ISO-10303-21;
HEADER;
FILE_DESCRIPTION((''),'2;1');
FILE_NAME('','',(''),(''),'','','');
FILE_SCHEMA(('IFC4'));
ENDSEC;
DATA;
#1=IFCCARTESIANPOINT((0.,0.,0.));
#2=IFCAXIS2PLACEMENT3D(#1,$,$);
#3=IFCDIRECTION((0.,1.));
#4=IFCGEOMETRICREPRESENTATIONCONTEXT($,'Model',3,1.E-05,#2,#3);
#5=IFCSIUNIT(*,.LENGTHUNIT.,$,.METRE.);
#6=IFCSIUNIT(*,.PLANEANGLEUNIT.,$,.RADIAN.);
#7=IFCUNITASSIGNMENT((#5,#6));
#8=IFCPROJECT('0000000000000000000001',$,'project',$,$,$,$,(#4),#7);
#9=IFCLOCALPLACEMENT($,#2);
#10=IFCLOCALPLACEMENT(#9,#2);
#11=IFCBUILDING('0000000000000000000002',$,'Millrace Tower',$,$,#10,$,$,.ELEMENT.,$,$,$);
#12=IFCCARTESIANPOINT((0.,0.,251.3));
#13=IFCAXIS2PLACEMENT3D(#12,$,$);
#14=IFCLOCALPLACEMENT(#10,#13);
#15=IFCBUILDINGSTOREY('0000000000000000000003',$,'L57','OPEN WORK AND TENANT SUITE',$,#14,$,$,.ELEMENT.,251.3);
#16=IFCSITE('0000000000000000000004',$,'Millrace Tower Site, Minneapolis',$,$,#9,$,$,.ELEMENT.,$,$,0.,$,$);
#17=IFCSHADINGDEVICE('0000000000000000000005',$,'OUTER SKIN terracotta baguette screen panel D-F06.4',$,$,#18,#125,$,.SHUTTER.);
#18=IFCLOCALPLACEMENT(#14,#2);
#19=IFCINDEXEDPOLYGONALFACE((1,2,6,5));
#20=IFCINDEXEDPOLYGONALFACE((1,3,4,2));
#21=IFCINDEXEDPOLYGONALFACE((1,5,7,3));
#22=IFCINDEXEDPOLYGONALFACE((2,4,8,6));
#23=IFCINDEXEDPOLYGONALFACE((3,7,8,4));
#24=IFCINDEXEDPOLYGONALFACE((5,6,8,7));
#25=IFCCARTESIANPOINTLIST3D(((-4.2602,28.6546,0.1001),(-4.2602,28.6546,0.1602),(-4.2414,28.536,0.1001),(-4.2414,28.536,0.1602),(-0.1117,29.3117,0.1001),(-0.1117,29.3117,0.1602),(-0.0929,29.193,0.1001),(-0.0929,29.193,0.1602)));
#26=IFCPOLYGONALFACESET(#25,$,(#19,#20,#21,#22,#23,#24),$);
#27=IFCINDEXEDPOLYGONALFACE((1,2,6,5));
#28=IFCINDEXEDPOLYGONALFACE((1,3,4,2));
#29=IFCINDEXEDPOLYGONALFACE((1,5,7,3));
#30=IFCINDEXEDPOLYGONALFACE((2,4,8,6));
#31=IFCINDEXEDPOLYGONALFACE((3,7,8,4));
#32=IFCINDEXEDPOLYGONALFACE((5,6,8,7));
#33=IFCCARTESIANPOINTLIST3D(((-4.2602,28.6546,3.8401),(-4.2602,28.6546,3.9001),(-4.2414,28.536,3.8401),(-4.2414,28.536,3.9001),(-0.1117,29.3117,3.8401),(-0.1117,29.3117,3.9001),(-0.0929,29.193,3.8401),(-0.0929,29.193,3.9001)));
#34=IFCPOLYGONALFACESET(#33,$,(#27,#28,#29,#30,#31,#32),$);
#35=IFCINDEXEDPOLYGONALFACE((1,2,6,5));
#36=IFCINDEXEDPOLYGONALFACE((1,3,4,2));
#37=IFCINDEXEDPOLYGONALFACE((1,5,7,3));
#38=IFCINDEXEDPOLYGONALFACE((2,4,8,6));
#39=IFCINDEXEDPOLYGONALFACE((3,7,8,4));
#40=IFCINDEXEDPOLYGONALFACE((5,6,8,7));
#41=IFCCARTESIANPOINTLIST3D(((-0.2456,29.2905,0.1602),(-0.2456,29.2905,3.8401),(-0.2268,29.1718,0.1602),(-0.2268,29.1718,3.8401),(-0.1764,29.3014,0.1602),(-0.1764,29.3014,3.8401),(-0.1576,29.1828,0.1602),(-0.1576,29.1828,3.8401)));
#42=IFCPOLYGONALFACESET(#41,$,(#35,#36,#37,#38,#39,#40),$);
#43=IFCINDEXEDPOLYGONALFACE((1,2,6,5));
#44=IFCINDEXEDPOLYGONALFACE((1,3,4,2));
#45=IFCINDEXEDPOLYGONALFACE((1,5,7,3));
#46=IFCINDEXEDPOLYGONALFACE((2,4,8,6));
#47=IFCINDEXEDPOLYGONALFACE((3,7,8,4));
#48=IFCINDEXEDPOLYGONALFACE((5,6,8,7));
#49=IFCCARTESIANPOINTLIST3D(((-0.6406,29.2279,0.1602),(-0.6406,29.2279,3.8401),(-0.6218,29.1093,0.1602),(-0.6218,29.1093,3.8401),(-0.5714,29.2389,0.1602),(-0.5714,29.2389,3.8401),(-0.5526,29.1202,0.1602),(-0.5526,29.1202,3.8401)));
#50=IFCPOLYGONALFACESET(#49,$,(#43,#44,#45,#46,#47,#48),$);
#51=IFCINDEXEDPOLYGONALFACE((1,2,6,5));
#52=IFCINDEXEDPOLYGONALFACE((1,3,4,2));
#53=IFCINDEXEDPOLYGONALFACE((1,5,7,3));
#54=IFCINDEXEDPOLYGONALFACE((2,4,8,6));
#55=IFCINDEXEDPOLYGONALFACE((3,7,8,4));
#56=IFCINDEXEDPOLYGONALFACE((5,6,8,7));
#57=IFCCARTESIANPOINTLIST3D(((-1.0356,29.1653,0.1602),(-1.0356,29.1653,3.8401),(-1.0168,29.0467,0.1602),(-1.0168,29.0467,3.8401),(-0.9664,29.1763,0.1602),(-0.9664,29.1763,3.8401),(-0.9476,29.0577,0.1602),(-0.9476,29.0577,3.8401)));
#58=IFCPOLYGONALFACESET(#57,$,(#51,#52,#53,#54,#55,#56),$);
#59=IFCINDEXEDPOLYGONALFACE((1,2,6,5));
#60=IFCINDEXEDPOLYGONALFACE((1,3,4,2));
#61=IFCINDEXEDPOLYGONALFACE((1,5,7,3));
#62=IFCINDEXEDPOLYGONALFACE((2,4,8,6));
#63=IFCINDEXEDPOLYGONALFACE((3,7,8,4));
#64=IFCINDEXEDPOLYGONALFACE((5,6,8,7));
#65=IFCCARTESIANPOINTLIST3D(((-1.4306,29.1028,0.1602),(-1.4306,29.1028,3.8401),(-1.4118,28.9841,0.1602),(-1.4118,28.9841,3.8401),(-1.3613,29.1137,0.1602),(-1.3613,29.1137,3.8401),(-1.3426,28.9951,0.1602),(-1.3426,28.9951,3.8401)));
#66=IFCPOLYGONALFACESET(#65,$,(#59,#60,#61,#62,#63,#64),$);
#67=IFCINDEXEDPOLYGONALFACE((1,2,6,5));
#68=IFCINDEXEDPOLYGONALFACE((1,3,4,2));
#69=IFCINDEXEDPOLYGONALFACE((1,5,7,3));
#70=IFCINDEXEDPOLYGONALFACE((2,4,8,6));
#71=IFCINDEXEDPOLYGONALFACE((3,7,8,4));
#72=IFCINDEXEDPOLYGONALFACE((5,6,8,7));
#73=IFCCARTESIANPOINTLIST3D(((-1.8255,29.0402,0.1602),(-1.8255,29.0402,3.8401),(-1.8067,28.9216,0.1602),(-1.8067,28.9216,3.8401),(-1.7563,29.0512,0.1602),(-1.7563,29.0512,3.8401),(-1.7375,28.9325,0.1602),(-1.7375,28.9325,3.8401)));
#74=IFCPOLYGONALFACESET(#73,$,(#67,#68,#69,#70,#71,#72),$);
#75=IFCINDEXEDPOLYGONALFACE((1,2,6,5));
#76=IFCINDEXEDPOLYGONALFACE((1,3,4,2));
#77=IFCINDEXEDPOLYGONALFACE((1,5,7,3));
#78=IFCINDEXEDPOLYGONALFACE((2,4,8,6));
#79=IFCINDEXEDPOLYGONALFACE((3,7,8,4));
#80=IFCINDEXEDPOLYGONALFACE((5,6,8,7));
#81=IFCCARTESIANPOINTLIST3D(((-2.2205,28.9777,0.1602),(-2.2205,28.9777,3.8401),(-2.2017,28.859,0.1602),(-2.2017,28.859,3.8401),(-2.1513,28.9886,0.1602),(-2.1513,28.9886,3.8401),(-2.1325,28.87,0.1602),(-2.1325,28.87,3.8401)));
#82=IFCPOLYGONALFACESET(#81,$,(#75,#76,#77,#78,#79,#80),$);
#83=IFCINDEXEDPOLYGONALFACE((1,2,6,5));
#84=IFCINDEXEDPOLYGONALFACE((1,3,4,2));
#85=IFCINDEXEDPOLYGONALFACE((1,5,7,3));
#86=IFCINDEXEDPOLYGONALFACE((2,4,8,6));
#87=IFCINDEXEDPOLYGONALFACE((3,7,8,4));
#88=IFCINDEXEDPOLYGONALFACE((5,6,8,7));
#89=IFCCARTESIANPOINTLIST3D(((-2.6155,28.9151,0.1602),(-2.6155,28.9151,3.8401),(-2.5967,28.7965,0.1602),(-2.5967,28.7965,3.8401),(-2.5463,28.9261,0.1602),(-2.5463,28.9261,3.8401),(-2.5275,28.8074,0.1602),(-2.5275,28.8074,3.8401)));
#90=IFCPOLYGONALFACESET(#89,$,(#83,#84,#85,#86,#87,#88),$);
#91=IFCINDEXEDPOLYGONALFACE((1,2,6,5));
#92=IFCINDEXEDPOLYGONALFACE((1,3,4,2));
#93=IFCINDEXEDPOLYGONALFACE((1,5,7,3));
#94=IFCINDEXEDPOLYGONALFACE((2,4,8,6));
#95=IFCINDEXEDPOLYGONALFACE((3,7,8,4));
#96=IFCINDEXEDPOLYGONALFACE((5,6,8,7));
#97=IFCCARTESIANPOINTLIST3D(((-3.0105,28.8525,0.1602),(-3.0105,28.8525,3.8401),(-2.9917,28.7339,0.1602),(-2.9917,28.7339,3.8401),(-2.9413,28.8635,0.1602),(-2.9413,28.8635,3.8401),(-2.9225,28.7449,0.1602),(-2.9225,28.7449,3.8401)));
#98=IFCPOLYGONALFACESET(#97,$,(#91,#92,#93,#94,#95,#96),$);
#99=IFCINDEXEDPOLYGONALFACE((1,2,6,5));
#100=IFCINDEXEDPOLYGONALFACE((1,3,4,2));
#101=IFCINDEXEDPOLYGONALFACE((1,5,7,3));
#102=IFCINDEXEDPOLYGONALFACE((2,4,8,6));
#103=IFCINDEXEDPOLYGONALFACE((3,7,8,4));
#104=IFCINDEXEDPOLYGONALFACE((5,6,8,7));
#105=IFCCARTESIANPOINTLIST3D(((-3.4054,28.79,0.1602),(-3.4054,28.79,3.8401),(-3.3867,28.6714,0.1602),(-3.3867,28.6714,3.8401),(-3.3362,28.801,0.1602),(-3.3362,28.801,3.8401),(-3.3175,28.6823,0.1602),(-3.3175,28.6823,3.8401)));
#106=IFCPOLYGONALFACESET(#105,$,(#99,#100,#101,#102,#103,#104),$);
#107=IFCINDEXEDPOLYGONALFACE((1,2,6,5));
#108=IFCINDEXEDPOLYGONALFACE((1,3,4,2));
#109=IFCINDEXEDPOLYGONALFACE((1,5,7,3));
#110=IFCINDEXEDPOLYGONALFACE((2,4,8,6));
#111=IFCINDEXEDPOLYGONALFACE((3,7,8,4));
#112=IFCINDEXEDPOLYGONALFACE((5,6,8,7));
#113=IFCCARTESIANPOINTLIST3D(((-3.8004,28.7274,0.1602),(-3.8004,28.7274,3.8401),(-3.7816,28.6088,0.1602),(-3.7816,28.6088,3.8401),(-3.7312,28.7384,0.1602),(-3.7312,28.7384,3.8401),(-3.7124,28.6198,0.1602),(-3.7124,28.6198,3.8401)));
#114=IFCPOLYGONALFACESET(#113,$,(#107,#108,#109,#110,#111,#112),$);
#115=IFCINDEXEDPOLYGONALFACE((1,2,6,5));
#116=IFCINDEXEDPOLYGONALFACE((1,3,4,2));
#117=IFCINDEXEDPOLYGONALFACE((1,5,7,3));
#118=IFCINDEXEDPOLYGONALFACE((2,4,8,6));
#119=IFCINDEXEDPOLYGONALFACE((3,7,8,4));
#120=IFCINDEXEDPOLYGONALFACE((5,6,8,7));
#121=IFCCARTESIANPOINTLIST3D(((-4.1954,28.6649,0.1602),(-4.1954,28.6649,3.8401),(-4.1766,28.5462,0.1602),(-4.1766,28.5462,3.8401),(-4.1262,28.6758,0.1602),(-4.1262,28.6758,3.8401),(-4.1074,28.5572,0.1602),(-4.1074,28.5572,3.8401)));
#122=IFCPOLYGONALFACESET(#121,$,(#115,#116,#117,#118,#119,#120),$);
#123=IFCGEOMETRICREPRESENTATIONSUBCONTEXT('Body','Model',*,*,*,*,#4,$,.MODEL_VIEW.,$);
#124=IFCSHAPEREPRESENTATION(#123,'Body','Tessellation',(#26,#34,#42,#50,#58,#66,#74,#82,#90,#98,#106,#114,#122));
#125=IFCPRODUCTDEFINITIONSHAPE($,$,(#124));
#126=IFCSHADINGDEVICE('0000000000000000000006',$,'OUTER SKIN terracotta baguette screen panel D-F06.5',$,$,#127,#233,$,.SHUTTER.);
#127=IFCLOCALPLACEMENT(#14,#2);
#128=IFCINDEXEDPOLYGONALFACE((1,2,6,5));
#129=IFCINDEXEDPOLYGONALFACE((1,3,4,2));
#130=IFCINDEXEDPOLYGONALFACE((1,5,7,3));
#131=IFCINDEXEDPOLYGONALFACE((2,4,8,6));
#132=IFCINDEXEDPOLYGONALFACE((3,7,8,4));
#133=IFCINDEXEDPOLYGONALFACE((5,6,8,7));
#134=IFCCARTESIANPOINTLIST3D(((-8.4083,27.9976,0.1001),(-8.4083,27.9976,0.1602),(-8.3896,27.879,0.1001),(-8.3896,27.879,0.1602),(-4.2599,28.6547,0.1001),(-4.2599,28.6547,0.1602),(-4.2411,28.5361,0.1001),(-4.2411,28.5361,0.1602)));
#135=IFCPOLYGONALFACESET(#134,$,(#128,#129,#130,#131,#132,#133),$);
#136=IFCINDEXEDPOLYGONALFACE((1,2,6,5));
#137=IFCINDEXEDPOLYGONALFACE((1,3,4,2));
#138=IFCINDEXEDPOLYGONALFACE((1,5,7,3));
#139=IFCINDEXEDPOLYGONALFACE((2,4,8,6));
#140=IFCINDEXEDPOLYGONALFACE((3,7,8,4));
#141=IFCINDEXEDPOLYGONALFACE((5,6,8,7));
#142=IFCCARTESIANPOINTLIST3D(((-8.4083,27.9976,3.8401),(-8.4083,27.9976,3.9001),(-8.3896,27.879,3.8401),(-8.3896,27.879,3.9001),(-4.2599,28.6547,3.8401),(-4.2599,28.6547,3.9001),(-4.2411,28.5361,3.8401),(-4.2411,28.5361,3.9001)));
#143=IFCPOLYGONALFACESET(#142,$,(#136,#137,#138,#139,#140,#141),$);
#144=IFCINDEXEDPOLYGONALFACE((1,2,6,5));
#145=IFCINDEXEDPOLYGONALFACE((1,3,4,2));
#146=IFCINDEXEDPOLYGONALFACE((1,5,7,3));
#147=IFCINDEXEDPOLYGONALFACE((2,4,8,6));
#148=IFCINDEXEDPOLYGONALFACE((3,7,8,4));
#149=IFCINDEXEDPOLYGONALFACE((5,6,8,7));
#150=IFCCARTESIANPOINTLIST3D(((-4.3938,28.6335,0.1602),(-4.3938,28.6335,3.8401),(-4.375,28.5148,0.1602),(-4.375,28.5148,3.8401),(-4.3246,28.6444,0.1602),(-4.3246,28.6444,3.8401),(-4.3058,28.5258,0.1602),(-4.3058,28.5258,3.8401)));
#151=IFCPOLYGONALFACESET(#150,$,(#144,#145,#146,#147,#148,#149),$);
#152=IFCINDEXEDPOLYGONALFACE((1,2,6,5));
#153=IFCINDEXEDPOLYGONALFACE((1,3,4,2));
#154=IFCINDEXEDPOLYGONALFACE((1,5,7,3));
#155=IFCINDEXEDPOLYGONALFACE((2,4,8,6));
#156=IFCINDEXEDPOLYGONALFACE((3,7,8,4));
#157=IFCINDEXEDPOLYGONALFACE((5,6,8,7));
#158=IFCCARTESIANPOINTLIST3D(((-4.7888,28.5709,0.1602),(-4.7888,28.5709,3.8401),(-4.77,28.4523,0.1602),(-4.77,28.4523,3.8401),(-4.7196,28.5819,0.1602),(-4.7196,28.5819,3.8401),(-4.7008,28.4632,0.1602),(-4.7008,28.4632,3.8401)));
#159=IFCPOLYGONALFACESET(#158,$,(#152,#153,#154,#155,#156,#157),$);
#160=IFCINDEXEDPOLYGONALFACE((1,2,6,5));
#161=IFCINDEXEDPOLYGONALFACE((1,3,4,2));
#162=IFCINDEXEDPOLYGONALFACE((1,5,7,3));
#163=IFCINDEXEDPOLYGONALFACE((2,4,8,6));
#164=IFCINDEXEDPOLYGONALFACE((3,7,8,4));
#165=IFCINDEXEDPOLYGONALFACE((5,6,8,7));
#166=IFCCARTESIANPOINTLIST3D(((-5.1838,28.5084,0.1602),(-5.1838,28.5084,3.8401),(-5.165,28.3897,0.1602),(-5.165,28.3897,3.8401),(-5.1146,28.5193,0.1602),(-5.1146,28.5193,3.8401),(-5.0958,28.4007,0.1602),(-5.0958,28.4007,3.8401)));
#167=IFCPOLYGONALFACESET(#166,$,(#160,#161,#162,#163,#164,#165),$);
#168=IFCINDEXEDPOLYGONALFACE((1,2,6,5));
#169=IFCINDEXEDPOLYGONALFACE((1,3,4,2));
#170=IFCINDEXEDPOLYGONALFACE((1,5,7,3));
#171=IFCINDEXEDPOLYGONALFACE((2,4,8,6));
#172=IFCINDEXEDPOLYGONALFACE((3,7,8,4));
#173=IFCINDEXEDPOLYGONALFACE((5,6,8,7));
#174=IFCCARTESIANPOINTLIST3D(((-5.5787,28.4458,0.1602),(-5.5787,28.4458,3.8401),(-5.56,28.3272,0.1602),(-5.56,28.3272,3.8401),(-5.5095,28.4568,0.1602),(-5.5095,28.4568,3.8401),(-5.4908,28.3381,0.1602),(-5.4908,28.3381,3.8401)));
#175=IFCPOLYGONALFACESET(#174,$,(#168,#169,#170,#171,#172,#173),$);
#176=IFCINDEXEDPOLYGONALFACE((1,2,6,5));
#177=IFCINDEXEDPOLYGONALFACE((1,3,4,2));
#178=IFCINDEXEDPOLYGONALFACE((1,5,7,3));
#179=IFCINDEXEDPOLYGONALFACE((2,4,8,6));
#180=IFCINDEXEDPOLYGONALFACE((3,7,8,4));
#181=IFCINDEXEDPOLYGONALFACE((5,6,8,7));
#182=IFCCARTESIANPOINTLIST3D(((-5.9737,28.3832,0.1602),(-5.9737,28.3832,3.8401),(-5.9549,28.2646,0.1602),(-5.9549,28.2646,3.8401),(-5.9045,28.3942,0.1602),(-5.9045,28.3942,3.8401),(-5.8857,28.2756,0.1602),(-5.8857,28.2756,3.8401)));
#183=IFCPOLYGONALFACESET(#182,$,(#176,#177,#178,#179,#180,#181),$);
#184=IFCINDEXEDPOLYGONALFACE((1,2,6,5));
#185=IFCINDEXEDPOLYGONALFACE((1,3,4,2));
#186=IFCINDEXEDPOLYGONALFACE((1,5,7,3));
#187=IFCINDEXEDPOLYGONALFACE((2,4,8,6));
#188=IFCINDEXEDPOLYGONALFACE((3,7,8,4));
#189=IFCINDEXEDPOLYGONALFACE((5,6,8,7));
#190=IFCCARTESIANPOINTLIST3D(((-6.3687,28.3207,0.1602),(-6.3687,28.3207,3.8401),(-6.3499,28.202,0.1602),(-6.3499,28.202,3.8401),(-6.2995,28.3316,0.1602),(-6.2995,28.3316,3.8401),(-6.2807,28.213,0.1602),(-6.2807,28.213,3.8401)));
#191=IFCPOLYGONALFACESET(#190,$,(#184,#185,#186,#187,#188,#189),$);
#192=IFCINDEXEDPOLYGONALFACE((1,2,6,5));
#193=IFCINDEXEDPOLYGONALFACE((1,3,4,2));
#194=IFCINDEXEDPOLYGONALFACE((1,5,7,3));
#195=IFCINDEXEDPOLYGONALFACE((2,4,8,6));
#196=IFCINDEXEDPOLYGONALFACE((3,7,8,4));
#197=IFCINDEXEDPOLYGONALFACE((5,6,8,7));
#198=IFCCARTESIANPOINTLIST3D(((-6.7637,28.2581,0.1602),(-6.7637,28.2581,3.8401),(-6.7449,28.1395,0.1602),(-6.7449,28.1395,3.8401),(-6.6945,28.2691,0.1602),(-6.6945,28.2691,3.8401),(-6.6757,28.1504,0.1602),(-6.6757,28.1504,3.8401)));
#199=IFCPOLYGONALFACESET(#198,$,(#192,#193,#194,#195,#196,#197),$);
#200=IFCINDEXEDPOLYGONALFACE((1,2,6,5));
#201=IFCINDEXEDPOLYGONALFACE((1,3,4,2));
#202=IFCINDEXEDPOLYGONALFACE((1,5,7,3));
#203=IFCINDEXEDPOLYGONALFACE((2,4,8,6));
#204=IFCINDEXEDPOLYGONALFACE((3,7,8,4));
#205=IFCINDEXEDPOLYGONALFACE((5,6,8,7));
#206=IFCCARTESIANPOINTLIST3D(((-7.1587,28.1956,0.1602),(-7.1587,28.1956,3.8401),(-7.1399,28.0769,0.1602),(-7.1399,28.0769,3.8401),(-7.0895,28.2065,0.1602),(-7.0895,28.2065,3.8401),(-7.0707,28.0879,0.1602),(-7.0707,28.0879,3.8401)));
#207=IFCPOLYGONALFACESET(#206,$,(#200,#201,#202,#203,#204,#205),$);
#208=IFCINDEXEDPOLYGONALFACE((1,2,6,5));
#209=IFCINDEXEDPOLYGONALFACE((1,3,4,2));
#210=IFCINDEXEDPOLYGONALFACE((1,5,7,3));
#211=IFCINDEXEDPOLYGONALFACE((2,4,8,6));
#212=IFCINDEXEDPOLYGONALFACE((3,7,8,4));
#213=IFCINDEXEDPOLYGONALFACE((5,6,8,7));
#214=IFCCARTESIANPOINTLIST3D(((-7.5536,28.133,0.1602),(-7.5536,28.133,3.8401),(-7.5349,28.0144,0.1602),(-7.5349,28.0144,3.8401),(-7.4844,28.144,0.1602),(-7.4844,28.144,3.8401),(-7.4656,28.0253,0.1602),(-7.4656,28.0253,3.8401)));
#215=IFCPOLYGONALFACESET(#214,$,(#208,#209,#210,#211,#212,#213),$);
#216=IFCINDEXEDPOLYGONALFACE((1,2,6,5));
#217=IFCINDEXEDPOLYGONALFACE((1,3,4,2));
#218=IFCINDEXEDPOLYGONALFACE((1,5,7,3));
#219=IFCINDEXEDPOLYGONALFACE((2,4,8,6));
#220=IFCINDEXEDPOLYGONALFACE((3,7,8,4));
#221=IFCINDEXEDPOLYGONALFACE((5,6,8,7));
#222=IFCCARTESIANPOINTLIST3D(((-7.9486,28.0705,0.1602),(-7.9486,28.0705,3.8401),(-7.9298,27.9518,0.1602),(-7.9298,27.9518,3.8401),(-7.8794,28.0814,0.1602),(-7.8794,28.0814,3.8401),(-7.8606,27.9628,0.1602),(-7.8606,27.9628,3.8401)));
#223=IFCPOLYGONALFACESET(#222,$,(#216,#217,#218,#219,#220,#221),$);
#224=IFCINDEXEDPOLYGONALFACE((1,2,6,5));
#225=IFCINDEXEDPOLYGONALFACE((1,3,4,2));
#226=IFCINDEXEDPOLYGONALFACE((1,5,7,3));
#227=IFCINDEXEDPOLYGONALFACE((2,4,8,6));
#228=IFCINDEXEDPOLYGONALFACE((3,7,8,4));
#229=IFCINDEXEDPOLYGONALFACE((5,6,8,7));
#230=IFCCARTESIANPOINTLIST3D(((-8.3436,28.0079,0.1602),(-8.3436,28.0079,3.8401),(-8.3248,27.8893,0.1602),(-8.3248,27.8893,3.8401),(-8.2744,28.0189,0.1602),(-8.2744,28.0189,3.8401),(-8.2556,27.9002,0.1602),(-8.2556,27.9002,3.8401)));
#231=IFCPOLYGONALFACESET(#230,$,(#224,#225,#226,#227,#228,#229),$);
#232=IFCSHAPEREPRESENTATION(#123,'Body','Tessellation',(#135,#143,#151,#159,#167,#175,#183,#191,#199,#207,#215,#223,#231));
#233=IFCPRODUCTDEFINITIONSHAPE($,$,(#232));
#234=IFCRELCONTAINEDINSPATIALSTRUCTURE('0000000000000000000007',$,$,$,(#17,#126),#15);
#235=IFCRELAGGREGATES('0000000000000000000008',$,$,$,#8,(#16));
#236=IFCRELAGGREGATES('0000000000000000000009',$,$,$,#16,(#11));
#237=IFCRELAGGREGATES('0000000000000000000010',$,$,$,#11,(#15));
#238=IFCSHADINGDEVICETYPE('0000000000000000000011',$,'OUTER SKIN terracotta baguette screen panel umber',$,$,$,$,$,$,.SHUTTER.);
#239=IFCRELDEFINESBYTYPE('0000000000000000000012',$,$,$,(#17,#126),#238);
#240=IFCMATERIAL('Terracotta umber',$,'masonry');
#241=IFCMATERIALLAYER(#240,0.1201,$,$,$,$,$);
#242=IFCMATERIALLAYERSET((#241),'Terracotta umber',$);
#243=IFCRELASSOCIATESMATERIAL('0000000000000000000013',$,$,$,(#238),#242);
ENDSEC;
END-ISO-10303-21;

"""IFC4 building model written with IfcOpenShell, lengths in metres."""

from ifc_helpers import new_model, entity, si_unit, direction, frame, frame_2d, origin, origin_2d, place, context, subcontext, project, spatial, rectangle, extrude, source, transform, mapped, material, layer, layer_set, type_object, element, save


model = new_model("IFC4")

# Units and contexts
model_context = context("Model", 3, precision=1e-05, world=origin(), true_north=direction((0.0, 1.0)))
body_context = subcontext(model_context, "Body", "Model", "MODEL_VIEW")
ifc_project = project(units=[si_unit("LENGTHUNIT", "METRE"), si_unit("PLANEANGLEUNIT", "RADIAN")], contexts=[model_context])

# Site, building, storey
site_placement = place(None, origin())
site = spatial("IfcSite", under=ifc_project, at=site_placement, Name="Millrace Tower Site, Minneapolis", CompositionType="ELEMENT", RefElevation=0.0)
building_placement = place(site_placement, origin())
building = spatial("IfcBuilding", under=site, at=building_placement, Name="Millrace Tower", CompositionType="ELEMENT")
storey_placement = place(building_placement, frame((0.0, 0.0, 251.3)))
storey = spatial("IfcBuildingStorey", under=building, at=storey_placement, Name="L57", Description="OPEN WORK AND TENANT SUITE", CompositionType="ELEMENT", Elevation=251.3)

# Shading devices
ifc_material_1 = material(Name="Terracotta umber", Category="masonry")
ifc_layer_1 = layer(ifc_material_1, 0.1201)
ifc_layer_set_1 = layer_set([ifc_layer_1], Name="Terracotta umber")
shading_device_type = type_object("IfcShadingDeviceType", Name="OUTER SKIN terracotta baguette screen panel umber", PredefinedType="SHUTTER", material=ifc_layer_set_1)
cartesian_point = entity("IfcCartesianPoint", [-2.1001, 0.0601])
shared_polyline = entity("IfcPolyline", [cartesian_point, entity("IfcCartesianPoint", [2.1001, 0.0601]), entity("IfcCartesianPoint", [2.1001, -0.0601]), entity("IfcCartesianPoint", [-2.1001, -0.0601]), cartesian_point])
shared_shape = source(origin(), body_context, "Body", "SweptSolid", [
    entity("IfcExtrudedAreaSolid", entity("IfcArbitraryClosedProfileDef", "AREA", None, shared_polyline), entity("IfcAxis2Placement3D", entity("IfcCartesianPoint", [0.0, 0.0, 0.0])), entity("IfcDirection", [0.0, 0.0, 1.0]), 0.0601),
    entity("IfcExtrudedAreaSolid", entity("IfcArbitraryClosedProfileDef", "AREA", None, shared_polyline), entity("IfcAxis2Placement3D", entity("IfcCartesianPoint", [0.0, 0.0, 3.74])), entity("IfcDirection", [0.0, 0.0, 1.0]), 0.0601),
    extrude(rectangle(XDim=0.0701, YDim=0.1201, at=frame_2d((-1.9995, 0.0))), frame((0.0, 0.0, 0.0601)), (0.0, 0.0, 1.0), 3.6799),
    extrude(rectangle(XDim=0.0701, YDim=0.1201, at=frame_2d((-1.5996, 0.0))), frame((0.0, 0.0, 0.0601)), (0.0, 0.0, 1.0), 3.6799),
    extrude(rectangle(XDim=0.0701, YDim=0.1201, at=frame_2d((-1.1997, 0.0))), frame((0.0, 0.0, 0.0601)), (0.0, 0.0, 1.0), 3.6799),
    extrude(rectangle(XDim=0.0701, YDim=0.1201, at=frame_2d((-0.7998, 0.0))), frame((0.0, 0.0, 0.0601)), (0.0, 0.0, 1.0), 3.6799),
    extrude(rectangle(XDim=0.0701, YDim=0.1201, at=frame_2d((-0.3999, 0.0))), frame((0.0, 0.0, 0.0601)), (0.0, 0.0, 1.0), 3.6799),
    extrude(rectangle(XDim=0.0701, YDim=0.1201, at=origin_2d()), frame((0.0, 0.0, 0.0601)), (0.0, 0.0, 1.0), 3.6799),
    extrude(rectangle(XDim=0.0701, YDim=0.1201, at=frame_2d((0.3999, 0.0))), frame((0.0, 0.0, 0.0601)), (0.0, 0.0, 1.0), 3.6799),
    extrude(rectangle(XDim=0.0701, YDim=0.1201, at=frame_2d((0.7998, 0.0))), frame((0.0, 0.0, 0.0601)), (0.0, 0.0, 1.0), 3.6799),
    extrude(rectangle(XDim=0.0701, YDim=0.1201, at=frame_2d((1.1997, 0.0))), frame((0.0, 0.0, 0.0601)), (0.0, 0.0, 1.0), 3.6799),
    extrude(rectangle(XDim=0.0701, YDim=0.1201, at=frame_2d((1.5996, 0.0))), frame((0.0, 0.0, 0.0601)), (0.0, 0.0, 1.0), 3.6799),
    extrude(rectangle(XDim=0.0701, YDim=0.1201, at=frame_2d((1.9995, 0.0))), frame((0.0, 0.0, 0.0601)), (0.0, 0.0, 1.0), 3.6799),
])
for number, where, z_axis, x_axis, name in (
    (1, (-2.1765, 28.9238, 0.1001), (0.0, 0.0, 1.0), (-0.987688, -0.156434, 0.0), "OUTER SKIN terracotta baguette screen panel D-F06.4"),
    (2, (-6.3247, 28.2668, 0.1001), (0.0, 0.0, 1.0), (-0.987688, -0.156434, 0.0), "OUTER SKIN terracotta baguette screen panel D-F06.5"),
):
    element("IfcShadingDevice", number, at=place(storey_placement, frame(where, z_axis=z_axis, x_axis=x_axis)), inside=storey, type_object=shading_device_type, Name=name, PredefinedType="SHUTTER", context=body_context, shape_type="MappedRepresentation", body=[
        mapped(shared_shape, transform((0.0, 0.0, 0.0), scale=1.0)),
    ])

save(model, "model.ifc")
